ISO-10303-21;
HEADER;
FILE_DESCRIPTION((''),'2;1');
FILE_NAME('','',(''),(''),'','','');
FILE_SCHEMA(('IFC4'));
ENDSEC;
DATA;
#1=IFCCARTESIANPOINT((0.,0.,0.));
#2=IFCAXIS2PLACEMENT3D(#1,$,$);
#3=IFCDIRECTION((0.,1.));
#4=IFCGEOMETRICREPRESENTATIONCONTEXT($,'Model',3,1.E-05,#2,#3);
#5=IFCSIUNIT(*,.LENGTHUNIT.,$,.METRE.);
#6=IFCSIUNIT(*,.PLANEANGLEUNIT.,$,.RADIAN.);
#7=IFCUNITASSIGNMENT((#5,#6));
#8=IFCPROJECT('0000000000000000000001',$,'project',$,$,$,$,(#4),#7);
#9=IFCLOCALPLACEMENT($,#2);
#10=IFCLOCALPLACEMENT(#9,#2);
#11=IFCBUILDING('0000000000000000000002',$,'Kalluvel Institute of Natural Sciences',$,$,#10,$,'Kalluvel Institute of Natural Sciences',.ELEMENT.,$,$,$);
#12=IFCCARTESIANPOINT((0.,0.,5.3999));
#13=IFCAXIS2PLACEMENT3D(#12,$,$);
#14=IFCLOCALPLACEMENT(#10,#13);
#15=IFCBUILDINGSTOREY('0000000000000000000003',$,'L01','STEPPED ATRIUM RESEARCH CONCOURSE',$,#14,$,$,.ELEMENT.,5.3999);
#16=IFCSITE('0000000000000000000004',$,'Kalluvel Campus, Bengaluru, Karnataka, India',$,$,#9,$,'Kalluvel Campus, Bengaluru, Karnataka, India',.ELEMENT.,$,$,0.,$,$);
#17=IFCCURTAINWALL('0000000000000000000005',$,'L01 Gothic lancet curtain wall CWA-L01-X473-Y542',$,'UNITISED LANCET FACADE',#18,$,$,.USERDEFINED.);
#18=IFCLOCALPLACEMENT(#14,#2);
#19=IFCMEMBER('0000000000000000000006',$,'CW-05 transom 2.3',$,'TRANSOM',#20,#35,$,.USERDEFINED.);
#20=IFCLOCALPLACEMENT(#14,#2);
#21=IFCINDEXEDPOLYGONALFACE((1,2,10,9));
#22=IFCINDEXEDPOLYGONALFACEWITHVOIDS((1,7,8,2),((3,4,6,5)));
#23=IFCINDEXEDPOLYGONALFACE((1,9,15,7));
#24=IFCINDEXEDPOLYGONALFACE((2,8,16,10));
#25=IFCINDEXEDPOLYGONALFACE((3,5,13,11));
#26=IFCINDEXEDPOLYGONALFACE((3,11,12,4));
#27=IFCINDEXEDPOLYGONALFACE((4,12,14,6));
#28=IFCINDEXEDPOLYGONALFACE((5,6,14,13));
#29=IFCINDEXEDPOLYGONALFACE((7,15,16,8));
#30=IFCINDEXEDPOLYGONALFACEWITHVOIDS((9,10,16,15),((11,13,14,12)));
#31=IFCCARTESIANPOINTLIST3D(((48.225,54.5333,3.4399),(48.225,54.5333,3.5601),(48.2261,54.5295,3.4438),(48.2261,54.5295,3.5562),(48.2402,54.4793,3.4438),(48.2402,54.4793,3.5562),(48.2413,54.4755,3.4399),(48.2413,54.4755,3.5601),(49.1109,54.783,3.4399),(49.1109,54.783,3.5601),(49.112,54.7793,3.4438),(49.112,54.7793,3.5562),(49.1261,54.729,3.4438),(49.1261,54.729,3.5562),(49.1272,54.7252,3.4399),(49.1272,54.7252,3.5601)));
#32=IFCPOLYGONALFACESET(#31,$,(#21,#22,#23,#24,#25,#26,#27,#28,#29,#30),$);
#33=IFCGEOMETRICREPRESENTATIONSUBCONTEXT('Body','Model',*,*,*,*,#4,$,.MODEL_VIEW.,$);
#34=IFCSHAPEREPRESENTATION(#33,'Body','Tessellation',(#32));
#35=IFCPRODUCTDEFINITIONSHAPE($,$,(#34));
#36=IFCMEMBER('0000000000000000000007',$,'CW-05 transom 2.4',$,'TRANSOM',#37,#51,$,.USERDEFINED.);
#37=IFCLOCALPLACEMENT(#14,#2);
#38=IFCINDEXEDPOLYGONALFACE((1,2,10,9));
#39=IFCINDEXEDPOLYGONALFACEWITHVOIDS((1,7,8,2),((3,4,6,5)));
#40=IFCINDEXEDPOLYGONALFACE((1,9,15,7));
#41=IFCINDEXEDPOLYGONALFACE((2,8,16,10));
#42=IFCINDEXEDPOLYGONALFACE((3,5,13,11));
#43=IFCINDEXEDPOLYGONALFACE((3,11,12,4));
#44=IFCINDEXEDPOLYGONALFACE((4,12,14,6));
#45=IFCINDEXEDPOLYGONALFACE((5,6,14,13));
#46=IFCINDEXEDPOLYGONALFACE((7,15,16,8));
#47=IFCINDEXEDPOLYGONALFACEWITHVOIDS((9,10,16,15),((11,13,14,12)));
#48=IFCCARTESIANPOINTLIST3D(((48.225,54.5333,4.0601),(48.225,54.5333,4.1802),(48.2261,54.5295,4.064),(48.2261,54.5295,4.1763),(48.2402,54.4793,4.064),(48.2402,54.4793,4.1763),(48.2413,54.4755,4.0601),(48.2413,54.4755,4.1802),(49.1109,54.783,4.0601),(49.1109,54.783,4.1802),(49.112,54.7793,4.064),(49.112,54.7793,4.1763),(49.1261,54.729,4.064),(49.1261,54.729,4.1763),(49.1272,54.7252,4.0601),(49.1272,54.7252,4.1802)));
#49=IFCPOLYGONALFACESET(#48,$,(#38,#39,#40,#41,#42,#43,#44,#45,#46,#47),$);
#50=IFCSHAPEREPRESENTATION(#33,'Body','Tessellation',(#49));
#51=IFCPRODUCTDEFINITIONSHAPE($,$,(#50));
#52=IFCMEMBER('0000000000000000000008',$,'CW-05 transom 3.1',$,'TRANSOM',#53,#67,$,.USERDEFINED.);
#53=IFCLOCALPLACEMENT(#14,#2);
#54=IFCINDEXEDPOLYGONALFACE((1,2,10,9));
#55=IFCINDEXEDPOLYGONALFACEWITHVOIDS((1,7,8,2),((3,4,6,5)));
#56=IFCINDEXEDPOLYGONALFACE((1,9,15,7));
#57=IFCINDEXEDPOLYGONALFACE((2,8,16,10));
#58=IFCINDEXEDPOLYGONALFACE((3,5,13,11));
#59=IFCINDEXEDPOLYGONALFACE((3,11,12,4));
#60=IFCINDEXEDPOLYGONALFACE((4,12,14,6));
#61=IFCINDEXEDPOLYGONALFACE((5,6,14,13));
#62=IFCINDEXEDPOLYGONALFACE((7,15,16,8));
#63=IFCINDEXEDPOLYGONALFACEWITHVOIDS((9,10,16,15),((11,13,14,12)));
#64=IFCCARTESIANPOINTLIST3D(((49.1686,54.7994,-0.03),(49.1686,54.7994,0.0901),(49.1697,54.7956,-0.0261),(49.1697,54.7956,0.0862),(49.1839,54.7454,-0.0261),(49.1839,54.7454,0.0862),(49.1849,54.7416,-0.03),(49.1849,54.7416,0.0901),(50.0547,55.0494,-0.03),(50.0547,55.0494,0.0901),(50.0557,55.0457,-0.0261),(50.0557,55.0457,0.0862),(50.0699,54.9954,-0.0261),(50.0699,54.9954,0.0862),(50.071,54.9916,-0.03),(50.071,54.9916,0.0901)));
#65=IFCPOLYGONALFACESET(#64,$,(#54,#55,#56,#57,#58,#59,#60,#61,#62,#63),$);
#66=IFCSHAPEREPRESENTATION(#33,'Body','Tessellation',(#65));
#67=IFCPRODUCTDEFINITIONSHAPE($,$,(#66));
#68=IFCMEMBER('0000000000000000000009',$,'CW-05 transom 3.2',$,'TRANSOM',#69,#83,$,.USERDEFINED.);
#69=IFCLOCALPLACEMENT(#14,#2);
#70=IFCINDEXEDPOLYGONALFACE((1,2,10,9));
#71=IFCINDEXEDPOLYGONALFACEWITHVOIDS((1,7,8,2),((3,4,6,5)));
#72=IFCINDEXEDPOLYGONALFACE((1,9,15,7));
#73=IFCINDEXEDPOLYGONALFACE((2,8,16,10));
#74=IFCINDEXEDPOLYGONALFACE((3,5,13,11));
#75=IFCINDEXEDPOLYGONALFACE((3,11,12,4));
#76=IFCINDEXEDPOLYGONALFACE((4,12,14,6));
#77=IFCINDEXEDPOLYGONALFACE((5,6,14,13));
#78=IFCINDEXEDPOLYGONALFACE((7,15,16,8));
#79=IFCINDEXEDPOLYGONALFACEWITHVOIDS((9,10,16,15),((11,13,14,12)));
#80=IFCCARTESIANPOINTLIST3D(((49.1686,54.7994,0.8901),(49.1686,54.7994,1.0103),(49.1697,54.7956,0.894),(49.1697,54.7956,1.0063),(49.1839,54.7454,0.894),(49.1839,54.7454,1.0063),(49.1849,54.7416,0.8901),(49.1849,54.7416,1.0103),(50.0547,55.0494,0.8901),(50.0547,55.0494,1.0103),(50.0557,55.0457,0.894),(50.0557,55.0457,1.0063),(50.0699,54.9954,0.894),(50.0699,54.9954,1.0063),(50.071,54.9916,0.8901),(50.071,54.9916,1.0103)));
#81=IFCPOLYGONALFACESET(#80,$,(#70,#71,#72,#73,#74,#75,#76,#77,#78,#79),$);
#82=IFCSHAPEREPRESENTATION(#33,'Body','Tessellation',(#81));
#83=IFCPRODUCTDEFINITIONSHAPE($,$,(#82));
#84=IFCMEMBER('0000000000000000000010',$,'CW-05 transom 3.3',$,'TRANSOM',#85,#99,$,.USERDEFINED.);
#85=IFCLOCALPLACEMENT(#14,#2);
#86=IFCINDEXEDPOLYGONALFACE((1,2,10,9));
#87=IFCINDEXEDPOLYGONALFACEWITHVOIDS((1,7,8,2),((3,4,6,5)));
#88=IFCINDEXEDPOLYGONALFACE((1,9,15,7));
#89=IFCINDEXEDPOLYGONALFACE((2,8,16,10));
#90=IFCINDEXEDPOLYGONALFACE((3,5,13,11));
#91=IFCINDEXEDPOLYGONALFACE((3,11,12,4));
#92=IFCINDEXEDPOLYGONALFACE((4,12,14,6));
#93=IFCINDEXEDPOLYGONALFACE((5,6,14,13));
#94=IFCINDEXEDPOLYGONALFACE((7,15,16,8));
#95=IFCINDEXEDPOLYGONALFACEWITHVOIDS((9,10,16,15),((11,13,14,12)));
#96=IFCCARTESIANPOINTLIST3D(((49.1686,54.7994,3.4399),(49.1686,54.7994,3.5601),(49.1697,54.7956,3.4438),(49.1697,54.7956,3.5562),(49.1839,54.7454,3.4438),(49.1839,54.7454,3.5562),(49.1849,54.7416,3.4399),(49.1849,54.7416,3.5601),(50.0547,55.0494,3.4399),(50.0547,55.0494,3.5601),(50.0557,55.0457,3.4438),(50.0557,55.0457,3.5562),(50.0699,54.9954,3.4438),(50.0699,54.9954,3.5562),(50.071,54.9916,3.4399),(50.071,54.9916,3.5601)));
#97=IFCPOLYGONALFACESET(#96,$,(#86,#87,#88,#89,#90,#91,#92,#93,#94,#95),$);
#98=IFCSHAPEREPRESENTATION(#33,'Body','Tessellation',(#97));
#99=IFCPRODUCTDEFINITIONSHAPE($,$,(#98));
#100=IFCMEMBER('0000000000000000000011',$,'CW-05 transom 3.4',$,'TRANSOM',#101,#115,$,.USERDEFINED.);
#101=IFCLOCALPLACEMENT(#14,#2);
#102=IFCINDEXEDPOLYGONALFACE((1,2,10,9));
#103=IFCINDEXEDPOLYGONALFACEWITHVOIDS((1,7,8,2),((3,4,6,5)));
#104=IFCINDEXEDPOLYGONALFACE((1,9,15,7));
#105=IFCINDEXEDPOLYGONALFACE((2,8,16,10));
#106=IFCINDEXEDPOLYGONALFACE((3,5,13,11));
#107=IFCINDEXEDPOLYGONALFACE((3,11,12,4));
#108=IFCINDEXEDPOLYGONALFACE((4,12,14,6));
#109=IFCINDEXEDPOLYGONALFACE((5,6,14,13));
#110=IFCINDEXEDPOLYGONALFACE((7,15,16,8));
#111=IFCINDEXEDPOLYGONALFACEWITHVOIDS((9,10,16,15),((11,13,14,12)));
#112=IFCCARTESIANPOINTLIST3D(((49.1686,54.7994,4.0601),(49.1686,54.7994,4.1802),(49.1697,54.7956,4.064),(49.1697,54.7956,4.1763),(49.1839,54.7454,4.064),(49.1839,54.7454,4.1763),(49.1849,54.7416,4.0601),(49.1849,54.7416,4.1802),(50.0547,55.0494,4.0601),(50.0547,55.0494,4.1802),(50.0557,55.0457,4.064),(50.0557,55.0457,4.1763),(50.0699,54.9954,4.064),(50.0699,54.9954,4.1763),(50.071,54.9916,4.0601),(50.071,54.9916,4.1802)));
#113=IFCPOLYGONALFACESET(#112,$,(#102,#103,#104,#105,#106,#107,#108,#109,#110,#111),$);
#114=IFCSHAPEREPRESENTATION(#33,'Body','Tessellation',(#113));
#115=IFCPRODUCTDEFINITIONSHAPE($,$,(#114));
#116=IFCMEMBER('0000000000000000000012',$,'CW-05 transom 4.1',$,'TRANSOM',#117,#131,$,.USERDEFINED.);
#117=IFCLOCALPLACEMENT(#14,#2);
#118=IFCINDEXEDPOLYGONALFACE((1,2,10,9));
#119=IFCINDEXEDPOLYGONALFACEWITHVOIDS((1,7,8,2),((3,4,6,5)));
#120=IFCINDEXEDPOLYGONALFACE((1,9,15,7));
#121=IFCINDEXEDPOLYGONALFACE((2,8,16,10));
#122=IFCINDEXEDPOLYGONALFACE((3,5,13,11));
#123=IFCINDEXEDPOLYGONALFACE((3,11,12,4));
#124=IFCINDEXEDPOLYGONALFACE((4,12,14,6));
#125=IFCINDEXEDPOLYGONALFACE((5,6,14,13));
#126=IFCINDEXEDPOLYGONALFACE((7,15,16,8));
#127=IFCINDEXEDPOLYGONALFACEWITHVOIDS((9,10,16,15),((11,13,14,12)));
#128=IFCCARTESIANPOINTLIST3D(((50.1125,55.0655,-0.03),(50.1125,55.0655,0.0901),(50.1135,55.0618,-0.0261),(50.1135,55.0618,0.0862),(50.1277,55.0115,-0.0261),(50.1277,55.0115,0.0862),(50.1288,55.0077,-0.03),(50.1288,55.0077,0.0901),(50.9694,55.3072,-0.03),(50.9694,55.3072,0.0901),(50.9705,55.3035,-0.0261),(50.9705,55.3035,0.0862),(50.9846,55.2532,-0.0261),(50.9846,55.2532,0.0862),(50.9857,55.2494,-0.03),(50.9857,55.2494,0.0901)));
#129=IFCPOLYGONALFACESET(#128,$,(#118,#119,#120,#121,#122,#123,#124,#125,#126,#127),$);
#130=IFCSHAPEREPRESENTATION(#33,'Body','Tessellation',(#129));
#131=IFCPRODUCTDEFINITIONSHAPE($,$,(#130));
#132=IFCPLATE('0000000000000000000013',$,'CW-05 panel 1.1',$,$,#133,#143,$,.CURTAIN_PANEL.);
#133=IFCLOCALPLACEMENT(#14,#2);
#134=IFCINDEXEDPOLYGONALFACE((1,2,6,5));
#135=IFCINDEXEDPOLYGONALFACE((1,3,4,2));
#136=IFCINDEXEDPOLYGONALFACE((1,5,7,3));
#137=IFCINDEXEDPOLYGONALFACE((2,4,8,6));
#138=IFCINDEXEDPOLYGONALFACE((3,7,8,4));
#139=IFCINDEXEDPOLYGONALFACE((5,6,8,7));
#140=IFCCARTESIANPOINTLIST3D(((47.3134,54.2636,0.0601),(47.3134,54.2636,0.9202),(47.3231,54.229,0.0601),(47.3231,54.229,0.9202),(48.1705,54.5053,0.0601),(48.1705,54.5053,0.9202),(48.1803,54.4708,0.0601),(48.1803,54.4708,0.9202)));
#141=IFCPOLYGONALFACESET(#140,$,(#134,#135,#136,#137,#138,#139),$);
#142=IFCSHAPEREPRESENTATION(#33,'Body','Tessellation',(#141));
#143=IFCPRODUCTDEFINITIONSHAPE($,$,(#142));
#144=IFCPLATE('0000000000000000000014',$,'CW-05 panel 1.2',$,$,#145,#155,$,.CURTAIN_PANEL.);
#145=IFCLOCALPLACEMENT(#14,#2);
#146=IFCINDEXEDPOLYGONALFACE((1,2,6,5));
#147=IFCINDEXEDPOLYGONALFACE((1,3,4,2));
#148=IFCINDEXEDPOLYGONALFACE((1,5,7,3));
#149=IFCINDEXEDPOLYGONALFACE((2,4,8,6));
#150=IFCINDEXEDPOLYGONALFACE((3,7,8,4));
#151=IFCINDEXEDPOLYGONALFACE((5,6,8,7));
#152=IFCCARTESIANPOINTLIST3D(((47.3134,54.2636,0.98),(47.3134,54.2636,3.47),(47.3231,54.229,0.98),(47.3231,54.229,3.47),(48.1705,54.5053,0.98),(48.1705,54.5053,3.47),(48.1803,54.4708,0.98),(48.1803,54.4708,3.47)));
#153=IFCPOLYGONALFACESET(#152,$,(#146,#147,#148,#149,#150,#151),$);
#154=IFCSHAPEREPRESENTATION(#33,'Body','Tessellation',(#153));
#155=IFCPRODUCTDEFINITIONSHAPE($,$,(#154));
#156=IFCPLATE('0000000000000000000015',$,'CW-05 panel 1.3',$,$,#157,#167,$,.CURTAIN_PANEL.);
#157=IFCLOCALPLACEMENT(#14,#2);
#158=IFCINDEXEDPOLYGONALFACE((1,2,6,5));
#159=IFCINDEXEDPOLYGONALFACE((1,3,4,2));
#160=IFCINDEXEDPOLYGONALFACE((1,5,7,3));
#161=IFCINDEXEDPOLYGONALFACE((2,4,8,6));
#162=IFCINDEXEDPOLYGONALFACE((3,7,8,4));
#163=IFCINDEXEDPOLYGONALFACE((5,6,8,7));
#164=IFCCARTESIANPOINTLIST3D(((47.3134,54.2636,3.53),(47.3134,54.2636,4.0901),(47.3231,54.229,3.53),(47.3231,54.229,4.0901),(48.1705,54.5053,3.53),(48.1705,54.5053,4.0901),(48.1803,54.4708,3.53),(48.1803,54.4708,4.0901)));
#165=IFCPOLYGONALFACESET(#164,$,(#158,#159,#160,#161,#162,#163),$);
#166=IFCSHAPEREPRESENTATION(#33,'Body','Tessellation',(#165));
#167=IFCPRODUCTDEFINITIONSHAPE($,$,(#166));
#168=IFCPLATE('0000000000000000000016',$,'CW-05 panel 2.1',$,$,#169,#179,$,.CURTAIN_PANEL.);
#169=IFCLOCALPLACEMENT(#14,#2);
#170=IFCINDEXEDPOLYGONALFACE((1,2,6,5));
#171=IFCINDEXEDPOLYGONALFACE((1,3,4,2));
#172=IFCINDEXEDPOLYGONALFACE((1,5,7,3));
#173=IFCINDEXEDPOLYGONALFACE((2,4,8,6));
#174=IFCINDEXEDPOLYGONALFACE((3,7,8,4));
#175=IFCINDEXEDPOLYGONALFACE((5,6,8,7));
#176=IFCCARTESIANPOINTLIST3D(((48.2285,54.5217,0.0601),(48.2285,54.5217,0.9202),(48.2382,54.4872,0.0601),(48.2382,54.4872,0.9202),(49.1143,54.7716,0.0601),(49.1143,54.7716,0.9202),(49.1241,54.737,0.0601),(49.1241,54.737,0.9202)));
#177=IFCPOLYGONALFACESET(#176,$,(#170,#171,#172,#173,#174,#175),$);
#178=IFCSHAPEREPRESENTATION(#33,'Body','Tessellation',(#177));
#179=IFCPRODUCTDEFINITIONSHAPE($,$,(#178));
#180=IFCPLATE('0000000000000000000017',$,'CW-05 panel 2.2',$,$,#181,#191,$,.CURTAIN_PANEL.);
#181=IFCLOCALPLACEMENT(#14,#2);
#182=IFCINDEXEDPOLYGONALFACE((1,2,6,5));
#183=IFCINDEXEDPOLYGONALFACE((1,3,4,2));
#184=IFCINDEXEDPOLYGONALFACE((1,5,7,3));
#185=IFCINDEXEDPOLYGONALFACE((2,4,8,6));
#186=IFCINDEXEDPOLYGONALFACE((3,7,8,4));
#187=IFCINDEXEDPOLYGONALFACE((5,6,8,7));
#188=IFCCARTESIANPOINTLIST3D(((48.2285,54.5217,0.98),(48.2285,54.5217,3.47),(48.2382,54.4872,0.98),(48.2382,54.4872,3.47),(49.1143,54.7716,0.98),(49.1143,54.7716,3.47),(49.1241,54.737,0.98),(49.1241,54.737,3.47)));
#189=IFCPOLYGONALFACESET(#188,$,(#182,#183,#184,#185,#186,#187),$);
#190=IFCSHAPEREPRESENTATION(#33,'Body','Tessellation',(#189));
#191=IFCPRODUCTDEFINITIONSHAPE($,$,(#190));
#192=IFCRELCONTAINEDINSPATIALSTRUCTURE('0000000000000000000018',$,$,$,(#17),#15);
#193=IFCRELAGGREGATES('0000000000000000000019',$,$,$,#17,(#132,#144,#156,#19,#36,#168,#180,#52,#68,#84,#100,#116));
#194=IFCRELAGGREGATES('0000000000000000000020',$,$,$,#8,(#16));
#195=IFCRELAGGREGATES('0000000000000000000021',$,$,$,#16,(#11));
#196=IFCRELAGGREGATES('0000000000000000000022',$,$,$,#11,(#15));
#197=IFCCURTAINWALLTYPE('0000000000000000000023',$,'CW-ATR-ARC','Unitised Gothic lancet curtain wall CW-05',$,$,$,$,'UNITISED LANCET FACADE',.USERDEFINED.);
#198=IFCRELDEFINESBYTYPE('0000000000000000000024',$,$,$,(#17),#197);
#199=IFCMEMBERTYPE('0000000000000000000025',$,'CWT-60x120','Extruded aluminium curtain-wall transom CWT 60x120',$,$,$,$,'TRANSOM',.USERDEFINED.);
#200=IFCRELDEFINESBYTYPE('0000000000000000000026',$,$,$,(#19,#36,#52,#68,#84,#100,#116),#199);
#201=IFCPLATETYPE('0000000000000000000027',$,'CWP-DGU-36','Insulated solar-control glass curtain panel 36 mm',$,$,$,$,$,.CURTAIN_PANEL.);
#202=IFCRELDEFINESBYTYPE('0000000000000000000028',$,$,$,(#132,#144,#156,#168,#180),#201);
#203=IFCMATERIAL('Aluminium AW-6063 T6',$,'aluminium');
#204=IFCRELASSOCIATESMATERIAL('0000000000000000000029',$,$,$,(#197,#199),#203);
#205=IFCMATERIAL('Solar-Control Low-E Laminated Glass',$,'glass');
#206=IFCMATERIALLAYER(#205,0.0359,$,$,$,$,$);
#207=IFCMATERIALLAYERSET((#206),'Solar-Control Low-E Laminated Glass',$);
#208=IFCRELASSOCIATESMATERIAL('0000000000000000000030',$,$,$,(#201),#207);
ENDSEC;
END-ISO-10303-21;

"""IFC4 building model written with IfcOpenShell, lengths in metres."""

from ifc_helpers import new_model, si_unit, direction, frame, origin, origin_2d, place, context, subcontext, project, spatial, rectangle, hollow_rectangle, extrude, material, layer, layer_set, material_profile, profile_set, type_object, element, aggregate, save


model = new_model("IFC4")

# Units and contexts
model_context = context("Model", 3, precision=1e-05, world=origin(), true_north=direction((0.0, 1.0)))
body_context = subcontext(model_context, "Body", "Model", "MODEL_VIEW")
ifc_project = project(units=[si_unit("LENGTHUNIT", "METRE"), si_unit("PLANEANGLEUNIT", "RADIAN")], contexts=[model_context])

# Site, building, storey
site_placement = place(None, origin())
site = spatial("IfcSite", under=ifc_project, at=site_placement, Name="Kalluvel Campus, Bengaluru, Karnataka, India", LongName="Kalluvel Campus, Bengaluru, Karnataka, India", CompositionType="ELEMENT", RefElevation=0.0)
building_placement = place(site_placement, origin())
building = spatial("IfcBuilding", under=site, at=building_placement, Name="Kalluvel Institute of Natural Sciences", LongName="Kalluvel Institute of Natural Sciences", CompositionType="ELEMENT")
storey_placement = place(building_placement, frame((0.0, 0.0, 5.3999)))
storey = spatial("IfcBuildingStorey", under=building, at=storey_placement, Name="L01", Description="STEPPED ATRIUM RESEARCH CONCOURSE", CompositionType="ELEMENT", Elevation=5.3999)

# Curtain wall, members, plates
ifc_material_1 = material(Name="Aluminium AW-6063 T6", Category="aluminium")
curtain_wall_type = type_object("IfcCurtainWallType", Name="CW-ATR-ARC", Description="Unitised Gothic lancet curtain wall CW-05", ElementType="UNITISED LANCET FACADE", PredefinedType="USERDEFINED", material=ifc_material_1)
curtain_wall_placement = place(storey_placement, origin())
curtain_wall = element("IfcCurtainWall", 1, at=curtain_wall_placement, inside=storey, type_object=curtain_wall_type, Name="L01 Gothic lancet curtain wall CWA-L01-X473-Y542", ObjectType="UNITISED LANCET FACADE", PredefinedType="USERDEFINED")
ifc_material_profile_1 = material_profile(ifc_material_1, hollow_rectangle(XDim=0.0601, YDim=0.1201, WallThickness=0.0039, at=origin_2d()), Name="CWT 60x120")
ifc_profile_set_1 = profile_set([ifc_material_profile_1], Name="Aluminium AW-6063 T6")
member_type_1 = type_object("IfcMemberType", Name="CWT-60x120", Description="Extruded aluminium curtain-wall transom CWT 60x120", ElementType="TRANSOM", PredefinedType="USERDEFINED", material=ifc_profile_set_1)
member_1_placement = place(storey_placement, frame((48.2332, 54.5044, 3.5), z_axis=(0.962489, 0.271322, 0.0), x_axis=(-0.271322, 0.962489, 0.0)))
member_1 = element("IfcMember", 2, at=member_1_placement, type_object=member_type_1, Name="CW-05 transom 2.3", ObjectType="TRANSOM", PredefinedType="USERDEFINED", context=body_context, shape_type="SweptSolid", body=[
    extrude(hollow_rectangle(XDim=0.0601, YDim=0.1201, WallThickness=0.0039, at=origin_2d()), origin(), (0.0, 0.0, 1.0), 0.9204),
])
member_2_placement = place(storey_placement, frame((48.2332, 54.5044, 4.1201), z_axis=(0.962489, 0.271322, 0.0), x_axis=(-0.271322, 0.962489, 0.0)))
member_2 = element("IfcMember", 3, at=member_2_placement, type_object=member_type_1, Name="CW-05 transom 2.4", ObjectType="TRANSOM", PredefinedType="USERDEFINED", context=body_context, shape_type="SweptSolid", body=[
    extrude(hollow_rectangle(XDim=0.0601, YDim=0.1201, WallThickness=0.0039, at=origin_2d()), origin(), (0.0, 0.0, 1.0), 0.9204),
])
member_3_placement = place(storey_placement, frame((49.1768, 54.7705, 0.03), z_axis=(0.962419, 0.271567, 0.0), x_axis=(-0.271567, 0.962419, 0.0)))
member_3 = element("IfcMember", 4, at=member_3_placement, type_object=member_type_1, Name="CW-05 transom 3.1", ObjectType="TRANSOM", PredefinedType="USERDEFINED", context=body_context, shape_type="SweptSolid", body=[
    extrude(hollow_rectangle(XDim=0.0601, YDim=0.1201, WallThickness=0.0039, at=origin_2d()), origin(), (0.0, 0.0, 1.0), 0.9207),
])
member_4_placement = place(storey_placement, frame((49.1768, 54.7705, 0.9502), z_axis=(0.962419, 0.271567, 0.0), x_axis=(-0.271567, 0.962419, 0.0)))
member_4 = element("IfcMember", 5, at=member_4_placement, type_object=member_type_1, Name="CW-05 transom 3.2", ObjectType="TRANSOM", PredefinedType="USERDEFINED", context=body_context, shape_type="SweptSolid", body=[
    extrude(hollow_rectangle(XDim=0.0601, YDim=0.1201, WallThickness=0.0039, at=origin_2d()), origin(), (0.0, 0.0, 1.0), 0.9207),
])
member_5_placement = place(storey_placement, frame((49.1768, 54.7705, 3.5), z_axis=(0.962419, 0.271567, 0.0), x_axis=(-0.271567, 0.962419, 0.0)))
member_5 = element("IfcMember", 6, at=member_5_placement, type_object=member_type_1, Name="CW-05 transom 3.3", ObjectType="TRANSOM", PredefinedType="USERDEFINED", context=body_context, shape_type="SweptSolid", body=[
    extrude(hollow_rectangle(XDim=0.0601, YDim=0.1201, WallThickness=0.0039, at=origin_2d()), origin(), (0.0, 0.0, 1.0), 0.9207),
])
member_6_placement = place(storey_placement, frame((49.1768, 54.7705, 4.1201), z_axis=(0.962419, 0.271567, 0.0), x_axis=(-0.271567, 0.962419, 0.0)))
member_6 = element("IfcMember", 7, at=member_6_placement, type_object=member_type_1, Name="CW-05 transom 3.4", ObjectType="TRANSOM", PredefinedType="USERDEFINED", context=body_context, shape_type="SweptSolid", body=[
    extrude(hollow_rectangle(XDim=0.0601, YDim=0.1201, WallThickness=0.0039, at=origin_2d()), origin(), (0.0, 0.0, 1.0), 0.9207),
])
member_7_placement = place(storey_placement, frame((50.1206, 55.0366, 0.03), z_axis=(0.96245, 0.27146, 0.0), x_axis=(-0.27146, 0.96245, 0.0)))
member_7 = element("IfcMember", 8, at=member_7_placement, type_object=member_type_1, Name="CW-05 transom 4.1", ObjectType="TRANSOM", PredefinedType="USERDEFINED", context=body_context, shape_type="SweptSolid", body=[
    extrude(hollow_rectangle(XDim=0.0601, YDim=0.1201, WallThickness=0.0039, at=origin_2d()), origin(), (0.0, 0.0, 1.0), 0.8904),
])
ifc_material_2 = material(Name="Solar-Control Low-E Laminated Glass", Category="glass")
ifc_layer = layer(ifc_material_2, 0.0359)
ifc_layer_set = layer_set([ifc_layer], Name="Solar-Control Low-E Laminated Glass")
plate_type = type_object("IfcPlateType", Name="CWP-DGU-36", Description="Insulated solar-control glass curtain panel 36 mm", PredefinedType="CURTAIN_PANEL", material=ifc_layer_set)
plate_1_placement = place(storey_placement, frame((47.7468, 54.3672, 0.0601), z_axis=(0.0, 0.0, 1.0), x_axis=(0.962455, 0.27144, 0.0)))
plate_1 = element("IfcPlate", 9, at=plate_1_placement, type_object=plate_type, Name="CW-05 panel 1.1", PredefinedType="CURTAIN_PANEL", context=body_context, shape_type="SweptSolid", body=[
    extrude(rectangle(XDim=0.8906, YDim=0.0359, at=origin_2d()), origin(), (0.0, 0.0, 1.0), 0.8601),
])
plate_2_placement = place(storey_placement, frame((47.7468, 54.3672, 0.98), z_axis=(0.0, 0.0, 1.0), x_axis=(0.962455, 0.27144, 0.0)))
plate_2 = element("IfcPlate", 10, at=plate_2_placement, type_object=plate_type, Name="CW-05 panel 1.2", PredefinedType="CURTAIN_PANEL", context=body_context, shape_type="SweptSolid", body=[
    extrude(rectangle(XDim=0.8906, YDim=0.0359, at=origin_2d()), origin(), (0.0, 0.0, 1.0), 2.49),
])
plate_3_placement = place(storey_placement, frame((47.7468, 54.3672, 3.53), z_axis=(0.0, 0.0, 1.0), x_axis=(0.962455, 0.27144, 0.0)))
plate_3 = element("IfcPlate", 11, at=plate_3_placement, type_object=plate_type, Name="CW-05 panel 1.3", PredefinedType="CURTAIN_PANEL", context=body_context, shape_type="SweptSolid", body=[
    extrude(rectangle(XDim=0.8906, YDim=0.0359, at=origin_2d()), origin(), (0.0, 0.0, 1.0), 0.5601),
])
plate_4_placement = place(storey_placement, frame((48.6763, 54.6294, 0.0601), z_axis=(0.0, 0.0, 1.0), x_axis=(0.962455, 0.27144, 0.0)))
plate_4 = element("IfcPlate", 12, at=plate_4_placement, type_object=plate_type, Name="CW-05 panel 2.1", PredefinedType="CURTAIN_PANEL", context=body_context, shape_type="SweptSolid", body=[
    extrude(rectangle(XDim=0.9204, YDim=0.0359, at=origin_2d()), origin(), (0.0, 0.0, 1.0), 0.8601),
])
plate_5_placement = place(storey_placement, frame((48.6763, 54.6294, 0.98), z_axis=(0.0, 0.0, 1.0), x_axis=(0.962455, 0.27144, 0.0)))
plate_5 = element("IfcPlate", 13, at=plate_5_placement, type_object=plate_type, Name="CW-05 panel 2.2", PredefinedType="CURTAIN_PANEL", context=body_context, shape_type="SweptSolid", body=[
    extrude(rectangle(XDim=0.9204, YDim=0.0359, at=origin_2d()), origin(), (0.0, 0.0, 1.0), 2.49),
])
aggregate(curtain_wall, [plate_1, plate_2, plate_3, member_1, member_2, plate_4, plate_5, member_3, member_4, member_5, member_6, member_7])

save(model, "model.ifc")
